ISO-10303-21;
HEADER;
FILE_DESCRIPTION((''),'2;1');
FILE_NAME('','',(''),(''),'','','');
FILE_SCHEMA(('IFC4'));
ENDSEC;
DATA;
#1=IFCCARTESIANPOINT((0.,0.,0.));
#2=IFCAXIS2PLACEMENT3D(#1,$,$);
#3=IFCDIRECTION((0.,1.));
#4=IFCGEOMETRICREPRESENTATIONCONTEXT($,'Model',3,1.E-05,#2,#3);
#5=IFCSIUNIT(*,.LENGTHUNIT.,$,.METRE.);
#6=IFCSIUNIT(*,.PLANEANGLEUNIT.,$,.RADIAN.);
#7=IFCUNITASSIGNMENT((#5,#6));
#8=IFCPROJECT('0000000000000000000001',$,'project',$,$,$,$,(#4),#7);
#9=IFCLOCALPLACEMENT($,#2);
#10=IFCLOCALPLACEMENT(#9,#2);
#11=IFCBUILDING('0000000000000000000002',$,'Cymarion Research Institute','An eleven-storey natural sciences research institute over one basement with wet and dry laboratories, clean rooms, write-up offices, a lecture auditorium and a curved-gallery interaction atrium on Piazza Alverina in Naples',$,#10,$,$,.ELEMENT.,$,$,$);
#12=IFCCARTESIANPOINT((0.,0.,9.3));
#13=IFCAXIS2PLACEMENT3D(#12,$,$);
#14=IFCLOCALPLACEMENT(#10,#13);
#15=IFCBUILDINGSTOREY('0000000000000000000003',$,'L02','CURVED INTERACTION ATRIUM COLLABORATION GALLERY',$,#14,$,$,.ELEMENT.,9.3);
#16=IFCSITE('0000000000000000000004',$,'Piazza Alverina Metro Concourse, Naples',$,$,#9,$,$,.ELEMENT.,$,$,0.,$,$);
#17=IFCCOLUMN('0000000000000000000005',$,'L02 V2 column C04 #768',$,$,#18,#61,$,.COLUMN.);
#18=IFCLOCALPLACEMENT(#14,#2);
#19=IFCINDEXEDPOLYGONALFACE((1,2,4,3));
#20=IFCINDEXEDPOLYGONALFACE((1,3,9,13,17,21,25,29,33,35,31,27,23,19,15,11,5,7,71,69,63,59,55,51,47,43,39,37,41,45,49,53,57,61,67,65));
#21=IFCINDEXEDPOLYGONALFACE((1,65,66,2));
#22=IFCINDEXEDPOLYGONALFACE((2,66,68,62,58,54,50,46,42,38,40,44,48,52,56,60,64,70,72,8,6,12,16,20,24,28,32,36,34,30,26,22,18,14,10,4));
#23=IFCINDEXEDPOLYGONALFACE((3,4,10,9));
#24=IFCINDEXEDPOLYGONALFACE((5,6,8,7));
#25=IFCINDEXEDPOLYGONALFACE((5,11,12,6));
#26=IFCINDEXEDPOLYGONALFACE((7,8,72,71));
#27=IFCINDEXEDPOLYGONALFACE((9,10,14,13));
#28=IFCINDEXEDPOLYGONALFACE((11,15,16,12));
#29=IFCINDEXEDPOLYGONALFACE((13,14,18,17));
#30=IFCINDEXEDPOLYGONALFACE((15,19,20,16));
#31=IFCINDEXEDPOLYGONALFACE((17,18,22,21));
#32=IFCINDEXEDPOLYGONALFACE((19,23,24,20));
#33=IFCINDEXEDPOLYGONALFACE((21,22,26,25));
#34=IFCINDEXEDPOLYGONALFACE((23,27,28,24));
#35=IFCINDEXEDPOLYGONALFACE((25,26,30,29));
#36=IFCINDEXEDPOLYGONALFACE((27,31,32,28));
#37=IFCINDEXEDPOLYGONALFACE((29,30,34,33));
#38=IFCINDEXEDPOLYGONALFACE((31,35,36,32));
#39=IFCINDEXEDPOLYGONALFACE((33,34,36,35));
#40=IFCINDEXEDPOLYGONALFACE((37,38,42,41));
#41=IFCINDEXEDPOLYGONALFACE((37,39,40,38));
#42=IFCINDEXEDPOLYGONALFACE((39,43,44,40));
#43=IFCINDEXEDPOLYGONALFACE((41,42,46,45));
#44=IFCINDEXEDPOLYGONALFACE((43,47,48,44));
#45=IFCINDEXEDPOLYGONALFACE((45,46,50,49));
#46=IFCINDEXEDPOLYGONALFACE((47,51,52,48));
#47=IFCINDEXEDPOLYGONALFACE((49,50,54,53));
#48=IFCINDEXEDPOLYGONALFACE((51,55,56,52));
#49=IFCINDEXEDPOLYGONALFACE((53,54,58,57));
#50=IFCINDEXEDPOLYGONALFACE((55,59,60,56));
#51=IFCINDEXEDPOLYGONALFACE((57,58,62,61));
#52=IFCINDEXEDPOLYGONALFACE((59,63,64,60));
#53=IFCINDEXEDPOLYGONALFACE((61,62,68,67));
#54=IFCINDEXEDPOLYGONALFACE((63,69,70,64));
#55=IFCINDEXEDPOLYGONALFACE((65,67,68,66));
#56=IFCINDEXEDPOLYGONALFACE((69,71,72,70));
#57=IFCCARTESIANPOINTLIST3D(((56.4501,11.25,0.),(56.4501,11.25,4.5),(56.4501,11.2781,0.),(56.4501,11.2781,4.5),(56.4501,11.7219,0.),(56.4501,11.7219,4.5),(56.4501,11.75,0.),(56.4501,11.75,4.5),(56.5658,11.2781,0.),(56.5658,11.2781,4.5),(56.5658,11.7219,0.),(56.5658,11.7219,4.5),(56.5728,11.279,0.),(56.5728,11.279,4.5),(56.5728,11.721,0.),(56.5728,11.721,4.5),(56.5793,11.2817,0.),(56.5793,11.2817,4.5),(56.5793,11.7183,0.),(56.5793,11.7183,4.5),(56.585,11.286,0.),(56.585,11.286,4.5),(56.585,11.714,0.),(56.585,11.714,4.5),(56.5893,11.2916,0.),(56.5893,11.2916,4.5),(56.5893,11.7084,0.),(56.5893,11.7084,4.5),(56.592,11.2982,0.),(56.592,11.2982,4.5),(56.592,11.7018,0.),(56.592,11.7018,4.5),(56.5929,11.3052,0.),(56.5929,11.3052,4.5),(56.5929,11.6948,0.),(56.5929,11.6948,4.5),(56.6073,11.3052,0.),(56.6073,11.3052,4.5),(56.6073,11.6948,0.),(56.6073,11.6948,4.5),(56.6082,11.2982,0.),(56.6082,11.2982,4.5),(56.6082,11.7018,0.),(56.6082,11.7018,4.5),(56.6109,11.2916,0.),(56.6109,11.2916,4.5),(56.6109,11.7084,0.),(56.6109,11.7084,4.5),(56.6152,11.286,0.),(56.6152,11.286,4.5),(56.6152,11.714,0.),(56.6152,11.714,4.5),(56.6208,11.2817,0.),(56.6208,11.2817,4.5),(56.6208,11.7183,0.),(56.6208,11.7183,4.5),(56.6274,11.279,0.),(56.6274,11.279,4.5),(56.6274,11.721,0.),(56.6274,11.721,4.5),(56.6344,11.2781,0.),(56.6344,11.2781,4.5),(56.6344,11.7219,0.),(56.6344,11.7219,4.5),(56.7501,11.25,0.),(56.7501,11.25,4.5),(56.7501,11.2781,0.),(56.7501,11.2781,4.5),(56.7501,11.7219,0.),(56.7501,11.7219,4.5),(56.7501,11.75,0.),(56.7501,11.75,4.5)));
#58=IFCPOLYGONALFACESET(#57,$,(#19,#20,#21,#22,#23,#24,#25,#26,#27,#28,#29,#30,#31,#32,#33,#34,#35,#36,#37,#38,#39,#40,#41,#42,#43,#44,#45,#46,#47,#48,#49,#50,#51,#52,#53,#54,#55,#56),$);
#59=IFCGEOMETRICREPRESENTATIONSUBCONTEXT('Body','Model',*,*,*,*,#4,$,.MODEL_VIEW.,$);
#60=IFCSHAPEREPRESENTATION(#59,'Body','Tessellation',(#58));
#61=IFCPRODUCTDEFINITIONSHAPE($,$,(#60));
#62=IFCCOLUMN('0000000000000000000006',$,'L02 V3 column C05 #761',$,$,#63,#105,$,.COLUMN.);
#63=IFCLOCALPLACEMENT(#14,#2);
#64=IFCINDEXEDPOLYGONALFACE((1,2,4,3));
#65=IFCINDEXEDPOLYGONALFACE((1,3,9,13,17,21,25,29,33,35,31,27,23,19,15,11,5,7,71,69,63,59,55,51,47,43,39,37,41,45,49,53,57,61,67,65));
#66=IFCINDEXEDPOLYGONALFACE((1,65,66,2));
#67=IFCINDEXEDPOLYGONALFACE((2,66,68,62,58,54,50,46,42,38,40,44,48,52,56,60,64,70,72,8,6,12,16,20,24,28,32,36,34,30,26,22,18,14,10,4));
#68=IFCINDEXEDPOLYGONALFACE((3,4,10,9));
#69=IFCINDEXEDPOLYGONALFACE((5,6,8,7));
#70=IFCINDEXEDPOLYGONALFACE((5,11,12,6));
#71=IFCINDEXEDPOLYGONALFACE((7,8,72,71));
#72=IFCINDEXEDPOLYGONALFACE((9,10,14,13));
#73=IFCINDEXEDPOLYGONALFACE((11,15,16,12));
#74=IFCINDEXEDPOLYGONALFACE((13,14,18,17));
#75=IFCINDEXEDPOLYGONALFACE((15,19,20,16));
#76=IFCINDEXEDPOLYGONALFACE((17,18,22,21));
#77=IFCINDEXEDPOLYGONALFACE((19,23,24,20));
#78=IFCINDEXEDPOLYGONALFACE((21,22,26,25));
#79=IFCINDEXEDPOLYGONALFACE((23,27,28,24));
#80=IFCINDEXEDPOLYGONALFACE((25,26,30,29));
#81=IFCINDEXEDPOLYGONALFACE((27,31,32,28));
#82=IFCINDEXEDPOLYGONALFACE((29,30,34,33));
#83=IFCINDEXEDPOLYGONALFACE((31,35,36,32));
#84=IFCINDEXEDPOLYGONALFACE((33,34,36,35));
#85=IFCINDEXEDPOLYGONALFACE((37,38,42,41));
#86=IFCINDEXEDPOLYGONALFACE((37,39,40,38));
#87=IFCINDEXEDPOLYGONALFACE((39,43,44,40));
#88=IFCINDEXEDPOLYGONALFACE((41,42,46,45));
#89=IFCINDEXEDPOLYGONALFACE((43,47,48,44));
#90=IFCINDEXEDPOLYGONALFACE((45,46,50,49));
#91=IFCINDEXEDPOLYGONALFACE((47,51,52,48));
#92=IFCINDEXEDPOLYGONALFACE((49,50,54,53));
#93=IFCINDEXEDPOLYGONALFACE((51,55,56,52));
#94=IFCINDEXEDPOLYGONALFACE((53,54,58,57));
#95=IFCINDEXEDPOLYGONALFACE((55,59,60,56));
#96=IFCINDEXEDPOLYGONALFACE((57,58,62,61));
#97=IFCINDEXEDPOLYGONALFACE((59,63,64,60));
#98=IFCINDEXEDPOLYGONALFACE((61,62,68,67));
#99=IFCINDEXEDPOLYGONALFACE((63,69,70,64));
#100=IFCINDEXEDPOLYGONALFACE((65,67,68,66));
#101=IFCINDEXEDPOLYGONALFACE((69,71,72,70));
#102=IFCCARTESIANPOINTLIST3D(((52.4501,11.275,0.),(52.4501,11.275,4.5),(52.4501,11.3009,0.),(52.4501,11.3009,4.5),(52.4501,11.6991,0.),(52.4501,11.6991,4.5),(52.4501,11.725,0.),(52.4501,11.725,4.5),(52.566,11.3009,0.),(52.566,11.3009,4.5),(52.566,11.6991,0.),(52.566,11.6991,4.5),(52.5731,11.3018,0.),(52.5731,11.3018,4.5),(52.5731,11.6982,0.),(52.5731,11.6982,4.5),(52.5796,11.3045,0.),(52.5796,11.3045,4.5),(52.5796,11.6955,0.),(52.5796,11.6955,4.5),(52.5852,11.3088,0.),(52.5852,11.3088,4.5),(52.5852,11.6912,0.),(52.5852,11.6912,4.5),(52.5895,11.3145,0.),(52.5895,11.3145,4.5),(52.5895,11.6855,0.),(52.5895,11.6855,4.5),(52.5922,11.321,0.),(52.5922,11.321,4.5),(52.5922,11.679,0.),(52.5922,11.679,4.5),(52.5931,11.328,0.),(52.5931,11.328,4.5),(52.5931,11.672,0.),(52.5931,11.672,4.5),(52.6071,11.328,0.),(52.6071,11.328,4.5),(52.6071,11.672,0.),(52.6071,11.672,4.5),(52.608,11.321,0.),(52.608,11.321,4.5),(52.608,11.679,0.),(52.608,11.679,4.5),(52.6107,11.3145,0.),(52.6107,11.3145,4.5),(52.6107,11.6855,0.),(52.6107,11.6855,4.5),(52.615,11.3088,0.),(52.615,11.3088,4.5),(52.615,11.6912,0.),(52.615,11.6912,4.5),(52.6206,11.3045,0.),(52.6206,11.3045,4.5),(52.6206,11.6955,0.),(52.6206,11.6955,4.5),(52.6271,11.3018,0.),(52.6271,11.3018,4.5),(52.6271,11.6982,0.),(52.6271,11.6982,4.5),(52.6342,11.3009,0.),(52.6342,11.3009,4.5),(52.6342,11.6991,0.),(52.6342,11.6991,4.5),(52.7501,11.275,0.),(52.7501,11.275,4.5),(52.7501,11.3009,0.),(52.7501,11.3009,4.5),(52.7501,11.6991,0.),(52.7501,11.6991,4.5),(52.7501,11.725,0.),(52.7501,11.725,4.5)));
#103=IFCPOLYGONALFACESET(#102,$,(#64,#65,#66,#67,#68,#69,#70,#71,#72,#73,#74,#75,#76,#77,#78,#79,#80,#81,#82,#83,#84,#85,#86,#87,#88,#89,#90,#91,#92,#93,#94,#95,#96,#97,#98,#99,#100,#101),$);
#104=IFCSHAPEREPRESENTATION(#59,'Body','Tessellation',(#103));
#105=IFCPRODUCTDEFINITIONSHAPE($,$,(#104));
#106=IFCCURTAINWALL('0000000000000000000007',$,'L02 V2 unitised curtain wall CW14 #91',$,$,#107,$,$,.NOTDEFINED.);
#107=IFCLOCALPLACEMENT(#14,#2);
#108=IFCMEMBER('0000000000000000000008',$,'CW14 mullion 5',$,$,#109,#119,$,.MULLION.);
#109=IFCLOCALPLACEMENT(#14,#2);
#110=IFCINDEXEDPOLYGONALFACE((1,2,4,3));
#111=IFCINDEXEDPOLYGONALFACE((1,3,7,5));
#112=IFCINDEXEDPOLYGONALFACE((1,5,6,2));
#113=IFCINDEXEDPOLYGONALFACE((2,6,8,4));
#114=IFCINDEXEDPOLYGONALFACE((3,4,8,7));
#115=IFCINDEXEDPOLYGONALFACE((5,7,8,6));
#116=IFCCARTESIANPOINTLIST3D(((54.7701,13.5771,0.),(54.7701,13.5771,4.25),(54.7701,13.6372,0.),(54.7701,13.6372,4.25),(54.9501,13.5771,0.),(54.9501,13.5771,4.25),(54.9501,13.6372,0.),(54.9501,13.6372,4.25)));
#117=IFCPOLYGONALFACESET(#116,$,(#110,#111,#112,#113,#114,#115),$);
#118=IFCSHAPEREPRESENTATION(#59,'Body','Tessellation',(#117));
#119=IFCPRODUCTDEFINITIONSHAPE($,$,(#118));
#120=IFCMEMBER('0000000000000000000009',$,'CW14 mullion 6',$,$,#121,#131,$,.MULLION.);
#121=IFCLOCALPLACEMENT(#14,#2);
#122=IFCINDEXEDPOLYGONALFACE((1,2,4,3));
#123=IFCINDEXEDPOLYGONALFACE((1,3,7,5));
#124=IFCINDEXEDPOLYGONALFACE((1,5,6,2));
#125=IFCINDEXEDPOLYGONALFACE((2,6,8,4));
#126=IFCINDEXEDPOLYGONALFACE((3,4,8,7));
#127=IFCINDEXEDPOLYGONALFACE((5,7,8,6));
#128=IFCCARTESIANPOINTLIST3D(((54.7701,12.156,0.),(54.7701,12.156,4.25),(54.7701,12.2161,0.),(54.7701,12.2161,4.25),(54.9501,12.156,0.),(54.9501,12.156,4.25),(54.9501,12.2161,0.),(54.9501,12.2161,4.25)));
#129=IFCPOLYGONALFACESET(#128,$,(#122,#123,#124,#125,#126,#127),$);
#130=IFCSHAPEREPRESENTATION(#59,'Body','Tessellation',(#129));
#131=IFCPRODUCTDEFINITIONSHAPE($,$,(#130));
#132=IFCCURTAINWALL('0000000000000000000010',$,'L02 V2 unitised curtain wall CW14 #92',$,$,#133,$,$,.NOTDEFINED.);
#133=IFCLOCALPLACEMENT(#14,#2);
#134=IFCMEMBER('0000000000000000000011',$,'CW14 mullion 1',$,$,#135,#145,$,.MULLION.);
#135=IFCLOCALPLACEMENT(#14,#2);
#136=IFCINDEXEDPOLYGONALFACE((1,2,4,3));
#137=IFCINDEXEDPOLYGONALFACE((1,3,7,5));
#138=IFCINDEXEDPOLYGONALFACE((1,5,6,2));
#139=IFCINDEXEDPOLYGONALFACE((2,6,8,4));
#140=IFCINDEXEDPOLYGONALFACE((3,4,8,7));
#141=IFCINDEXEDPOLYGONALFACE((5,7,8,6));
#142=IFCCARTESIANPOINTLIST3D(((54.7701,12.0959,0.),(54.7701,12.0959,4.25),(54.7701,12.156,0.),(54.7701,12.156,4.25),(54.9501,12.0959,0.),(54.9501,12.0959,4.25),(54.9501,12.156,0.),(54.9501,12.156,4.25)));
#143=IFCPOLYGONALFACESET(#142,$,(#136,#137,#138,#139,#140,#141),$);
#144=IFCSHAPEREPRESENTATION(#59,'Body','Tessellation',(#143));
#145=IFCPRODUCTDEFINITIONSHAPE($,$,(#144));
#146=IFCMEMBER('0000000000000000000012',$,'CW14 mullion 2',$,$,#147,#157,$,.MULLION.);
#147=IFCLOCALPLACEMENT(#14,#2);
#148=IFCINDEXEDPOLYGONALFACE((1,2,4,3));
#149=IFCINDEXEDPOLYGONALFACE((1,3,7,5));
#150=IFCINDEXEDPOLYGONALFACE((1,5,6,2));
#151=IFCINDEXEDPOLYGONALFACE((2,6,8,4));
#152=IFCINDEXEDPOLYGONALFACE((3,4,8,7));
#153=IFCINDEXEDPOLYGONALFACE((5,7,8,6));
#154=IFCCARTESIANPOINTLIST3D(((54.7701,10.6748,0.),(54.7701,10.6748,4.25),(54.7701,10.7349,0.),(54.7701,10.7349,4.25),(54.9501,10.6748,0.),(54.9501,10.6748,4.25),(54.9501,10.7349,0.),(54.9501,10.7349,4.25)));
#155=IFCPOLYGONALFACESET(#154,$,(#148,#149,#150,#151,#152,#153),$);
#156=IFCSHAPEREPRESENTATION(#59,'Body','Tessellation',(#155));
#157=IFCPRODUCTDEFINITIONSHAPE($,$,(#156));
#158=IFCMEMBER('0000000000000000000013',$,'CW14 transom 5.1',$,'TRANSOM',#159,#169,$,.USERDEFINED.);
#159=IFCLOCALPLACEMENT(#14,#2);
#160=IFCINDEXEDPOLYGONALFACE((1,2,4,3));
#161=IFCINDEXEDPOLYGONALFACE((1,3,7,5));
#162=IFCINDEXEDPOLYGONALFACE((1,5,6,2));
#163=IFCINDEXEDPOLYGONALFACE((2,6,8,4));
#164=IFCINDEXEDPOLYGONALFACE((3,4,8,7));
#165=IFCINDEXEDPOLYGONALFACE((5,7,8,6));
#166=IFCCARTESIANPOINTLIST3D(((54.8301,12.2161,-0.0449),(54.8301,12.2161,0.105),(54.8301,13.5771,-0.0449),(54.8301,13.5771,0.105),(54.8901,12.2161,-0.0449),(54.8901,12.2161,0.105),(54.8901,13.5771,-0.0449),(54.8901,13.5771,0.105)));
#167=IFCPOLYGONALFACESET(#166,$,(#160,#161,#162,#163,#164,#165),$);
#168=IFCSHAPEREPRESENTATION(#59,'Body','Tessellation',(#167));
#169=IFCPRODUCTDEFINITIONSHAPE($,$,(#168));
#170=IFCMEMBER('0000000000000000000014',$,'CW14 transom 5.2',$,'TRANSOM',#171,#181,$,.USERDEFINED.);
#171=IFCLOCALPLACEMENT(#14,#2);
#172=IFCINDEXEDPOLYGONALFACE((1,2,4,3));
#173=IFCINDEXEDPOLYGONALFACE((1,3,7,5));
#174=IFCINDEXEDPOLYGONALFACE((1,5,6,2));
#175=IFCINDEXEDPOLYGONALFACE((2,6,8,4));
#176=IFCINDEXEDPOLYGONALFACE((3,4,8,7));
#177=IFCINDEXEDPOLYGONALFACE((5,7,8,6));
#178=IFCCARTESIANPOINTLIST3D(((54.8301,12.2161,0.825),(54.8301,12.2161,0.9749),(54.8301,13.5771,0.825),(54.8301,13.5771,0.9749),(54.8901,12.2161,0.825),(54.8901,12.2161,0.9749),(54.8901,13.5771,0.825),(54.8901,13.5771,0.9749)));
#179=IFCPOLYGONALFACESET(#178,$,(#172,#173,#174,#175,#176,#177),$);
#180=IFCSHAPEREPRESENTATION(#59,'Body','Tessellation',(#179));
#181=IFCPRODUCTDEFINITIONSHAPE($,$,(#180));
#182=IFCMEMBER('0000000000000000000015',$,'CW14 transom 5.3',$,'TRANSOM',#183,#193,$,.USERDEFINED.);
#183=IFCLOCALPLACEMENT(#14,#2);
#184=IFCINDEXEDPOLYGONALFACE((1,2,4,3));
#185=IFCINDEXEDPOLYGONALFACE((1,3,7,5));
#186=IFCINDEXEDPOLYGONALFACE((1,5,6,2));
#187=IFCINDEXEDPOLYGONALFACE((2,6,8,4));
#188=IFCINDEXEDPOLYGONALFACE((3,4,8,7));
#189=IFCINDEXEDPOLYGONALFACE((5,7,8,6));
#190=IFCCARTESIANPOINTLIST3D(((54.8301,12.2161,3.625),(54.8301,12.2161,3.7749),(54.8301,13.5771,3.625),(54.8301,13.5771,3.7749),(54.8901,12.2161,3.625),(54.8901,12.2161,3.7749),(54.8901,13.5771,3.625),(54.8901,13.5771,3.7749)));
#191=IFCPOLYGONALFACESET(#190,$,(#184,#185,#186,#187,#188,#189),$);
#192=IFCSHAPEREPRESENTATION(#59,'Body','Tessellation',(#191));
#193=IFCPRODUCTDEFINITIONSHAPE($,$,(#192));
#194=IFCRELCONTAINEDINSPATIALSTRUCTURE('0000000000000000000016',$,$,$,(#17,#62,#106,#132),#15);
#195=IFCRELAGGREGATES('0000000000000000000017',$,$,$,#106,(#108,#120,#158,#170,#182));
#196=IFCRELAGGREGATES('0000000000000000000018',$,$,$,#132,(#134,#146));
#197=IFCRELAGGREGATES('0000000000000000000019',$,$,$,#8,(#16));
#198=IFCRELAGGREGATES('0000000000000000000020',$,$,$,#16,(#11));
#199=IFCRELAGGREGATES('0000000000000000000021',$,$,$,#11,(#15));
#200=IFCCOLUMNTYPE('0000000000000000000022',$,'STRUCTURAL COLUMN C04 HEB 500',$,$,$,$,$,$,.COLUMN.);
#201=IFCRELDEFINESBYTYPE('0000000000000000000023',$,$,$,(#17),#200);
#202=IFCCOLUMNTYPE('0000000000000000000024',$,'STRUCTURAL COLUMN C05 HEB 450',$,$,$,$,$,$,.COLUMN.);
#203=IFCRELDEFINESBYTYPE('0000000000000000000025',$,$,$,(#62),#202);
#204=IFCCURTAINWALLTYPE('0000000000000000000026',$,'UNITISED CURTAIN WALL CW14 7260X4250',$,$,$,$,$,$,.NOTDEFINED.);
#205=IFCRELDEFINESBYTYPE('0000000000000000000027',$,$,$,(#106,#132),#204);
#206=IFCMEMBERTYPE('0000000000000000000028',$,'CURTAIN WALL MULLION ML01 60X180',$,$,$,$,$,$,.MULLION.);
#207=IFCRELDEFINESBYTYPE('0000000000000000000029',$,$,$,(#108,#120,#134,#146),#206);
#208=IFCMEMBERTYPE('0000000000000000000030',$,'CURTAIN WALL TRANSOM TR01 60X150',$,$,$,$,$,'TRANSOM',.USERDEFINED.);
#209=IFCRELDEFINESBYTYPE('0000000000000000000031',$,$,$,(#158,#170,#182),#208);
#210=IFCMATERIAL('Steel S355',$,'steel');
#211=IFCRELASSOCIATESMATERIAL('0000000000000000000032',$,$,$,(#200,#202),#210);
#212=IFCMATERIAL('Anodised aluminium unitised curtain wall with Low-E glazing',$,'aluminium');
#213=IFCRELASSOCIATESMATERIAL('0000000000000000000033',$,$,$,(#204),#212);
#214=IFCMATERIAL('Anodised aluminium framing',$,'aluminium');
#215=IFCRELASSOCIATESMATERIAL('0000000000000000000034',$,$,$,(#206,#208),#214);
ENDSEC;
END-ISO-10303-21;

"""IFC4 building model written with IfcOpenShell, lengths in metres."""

from ifc_helpers import new_model, si_unit, direction, frame, origin, origin_2d, place, context, subcontext, project, spatial, rectangle, i_section, extrude, material, material_profile, profile_set, type_object, element, aggregate, save


model = new_model("IFC4")

# Units and contexts
model_context = context("Model", 3, precision=1e-05, world=origin(), true_north=direction((0.0, 1.0)))
body_context = subcontext(model_context, "Body", "Model", "MODEL_VIEW")
ifc_project = project(units=[si_unit("LENGTHUNIT", "METRE"), si_unit("PLANEANGLEUNIT", "RADIAN")], contexts=[model_context])

# Site, building, storey
site_placement = place(None, origin())
site = spatial("IfcSite", under=ifc_project, at=site_placement, Name="Piazza Alverina Metro Concourse, Naples", CompositionType="ELEMENT", RefElevation=0.0)
building_placement = place(site_placement, origin())
building = spatial("IfcBuilding", under=site, at=building_placement, Name="Cymarion Research Institute", Description="An eleven-storey natural sciences research institute over one basement with wet and dry laboratories, clean rooms, write-up offices, a lecture auditorium and a curved-gallery interaction atrium on Piazza Alverina in Naples", CompositionType="ELEMENT")
storey_placement = place(building_placement, frame((0.0, 0.0, 9.3)))
storey = spatial("IfcBuildingStorey", under=building, at=storey_placement, Name="L02", Description="CURVED INTERACTION ATRIUM COLLABORATION GALLERY", CompositionType="ELEMENT", Elevation=9.3)

# Columns
ifc_material_1 = material(Name="Steel S355", Category="steel")
ifc_material_profile_1 = material_profile(ifc_material_1, i_section(OverallWidth=0.3, OverallDepth=0.5, WebThickness=0.0144, FlangeThickness=0.0281, FilletRadius=0.0271, at=origin_2d()), Name="HEB 500")
ifc_profile_set_1 = profile_set([ifc_material_profile_1], Name="Steel S355")
column_type_1 = type_object("IfcColumnType", Name="STRUCTURAL COLUMN C04 HEB 500", PredefinedType="COLUMN", material=ifc_profile_set_1)
column_1_placement = place(storey_placement, frame((56.6001, 11.5, 0.0), z_axis=(0.0, 0.0, 1.0), x_axis=(1.0, 0.0, 0.0)))
element("IfcColumn", 1, at=column_1_placement, inside=storey, type_object=column_type_1, Name="L02 V2 column C04 #768", PredefinedType="COLUMN", context=body_context, shape_type="SweptSolid", body=[
    extrude(i_section(OverallWidth=0.3, OverallDepth=0.5, WebThickness=0.0144, FlangeThickness=0.0281, FilletRadius=0.0271, at=origin_2d()), origin(), (0.0, 0.0, 1.0), 4.5),
])
ifc_material_profile_2 = material_profile(ifc_material_1, i_section(OverallWidth=0.3, OverallDepth=0.45, WebThickness=0.0139, FlangeThickness=0.0259, FilletRadius=0.0271, at=origin_2d()), Name="HEB 450")
ifc_profile_set_2 = profile_set([ifc_material_profile_2], Name="Steel S355")
column_type_2 = type_object("IfcColumnType", Name="STRUCTURAL COLUMN C05 HEB 450", PredefinedType="COLUMN", material=ifc_profile_set_2)
column_2_placement = place(storey_placement, frame((52.6001, 11.5, 0.0), z_axis=(0.0, 0.0, 1.0), x_axis=(1.0, 0.0, 0.0)))
element("IfcColumn", 2, at=column_2_placement, inside=storey, type_object=column_type_2, Name="L02 V3 column C05 #761", PredefinedType="COLUMN", context=body_context, shape_type="SweptSolid", body=[
    extrude(i_section(OverallWidth=0.3, OverallDepth=0.45, WebThickness=0.0139, FlangeThickness=0.0259, FilletRadius=0.0271, at=origin_2d()), origin(), (0.0, 0.0, 1.0), 4.5),
])

# Curtain walls, members
ifc_material_2 = material(Name="Anodised aluminium unitised curtain wall with Low-E glazing", Category="aluminium")
curtain_wall_type = type_object("IfcCurtainWallType", Name="UNITISED CURTAIN WALL CW14 7260X4250", PredefinedType="NOTDEFINED", material=ifc_material_2)
curtain_wall_1_placement = place(storey_placement, origin())
curtain_wall_1 = element("IfcCurtainWall", 3, at=curtain_wall_1_placement, inside=storey, type_object=curtain_wall_type, Name="L02 V2 unitised curtain wall CW14 #91", PredefinedType="NOTDEFINED")
ifc_material_3 = material(Name="Anodised aluminium framing", Category="aluminium")
ifc_material_profile_3 = material_profile(ifc_material_3, rectangle(XDim=0.0601, YDim=0.1799, at=origin_2d()), Name="ALU MULLION 60x180")
ifc_profile_set_3 = profile_set([ifc_material_profile_3], Name="Anodised aluminium framing")
member_type_1 = type_object("IfcMemberType", Name="CURTAIN WALL MULLION ML01 60X180", PredefinedType="MULLION", material=ifc_profile_set_3)
member_1_placement = place(storey_placement, frame((54.8601, 13.6072, 0.0), z_axis=(0.0, 0.0, 1.0), x_axis=(0.0, -1.0, 0.0)))
member_1 = element("IfcMember", 4, at=member_1_placement, type_object=member_type_1, Name="CW14 mullion 5", PredefinedType="MULLION", context=body_context, shape_type="SweptSolid", body=[
    extrude(rectangle(XDim=0.0601, YDim=0.1799, at=origin_2d()), origin(), (0.0, 0.0, 1.0), 4.25),
])
member_2_placement = place(storey_placement, frame((54.8601, 12.186, 0.0), z_axis=(0.0, 0.0, 1.0), x_axis=(0.0, -1.0, 0.0)))
member_2 = element("IfcMember", 5, at=member_2_placement, type_object=member_type_1, Name="CW14 mullion 6", PredefinedType="MULLION", context=body_context, shape_type="SweptSolid", body=[
    extrude(rectangle(XDim=0.0601, YDim=0.1799, at=origin_2d()), origin(), (0.0, 0.0, 1.0), 4.25),
])
curtain_wall_2_placement = place(storey_placement, origin())
curtain_wall_2 = element("IfcCurtainWall", 6, at=curtain_wall_2_placement, inside=storey, type_object=curtain_wall_type, Name="L02 V2 unitised curtain wall CW14 #92", PredefinedType="NOTDEFINED")
member_3_placement = place(storey_placement, frame((54.8601, 12.126, 0.0), z_axis=(0.0, 0.0, 1.0), x_axis=(0.0, -1.0, 0.0)))
member_3 = element("IfcMember", 7, at=member_3_placement, type_object=member_type_1, Name="CW14 mullion 1", PredefinedType="MULLION", context=body_context, shape_type="SweptSolid", body=[
    extrude(rectangle(XDim=0.0601, YDim=0.1799, at=origin_2d()), origin(), (0.0, 0.0, 1.0), 4.25),
])
member_4_placement = place(storey_placement, frame((54.8601, 10.7048, 0.0), z_axis=(0.0, 0.0, 1.0), x_axis=(0.0, -1.0, 0.0)))
member_4 = element("IfcMember", 8, at=member_4_placement, type_object=member_type_1, Name="CW14 mullion 2", PredefinedType="MULLION", context=body_context, shape_type="SweptSolid", body=[
    extrude(rectangle(XDim=0.0601, YDim=0.1799, at=origin_2d()), origin(), (0.0, 0.0, 1.0), 4.25),
])

# Members
ifc_material_profile_4 = material_profile(ifc_material_3, rectangle(XDim=0.0601, YDim=0.1499, at=origin_2d()), Name="ALU TRANSOM 60x150")
ifc_profile_set_4 = profile_set([ifc_material_profile_4], Name="Anodised aluminium framing")
member_type_2 = type_object("IfcMemberType", Name="CURTAIN WALL TRANSOM TR01 60X150", ElementType="TRANSOM", PredefinedType="USERDEFINED", material=ifc_profile_set_4)
member_5_placement = place(storey_placement, frame((54.8601, 13.5771, 0.03), z_axis=(0.0, -1.0, 0.0), x_axis=(1.0, 0.0, 0.0)))
member_5 = element("IfcMember", 9, at=member_5_placement, type_object=member_type_2, Name="CW14 transom 5.1", ObjectType="TRANSOM", PredefinedType="USERDEFINED", context=body_context, shape_type="SweptSolid", body=[
    extrude(rectangle(XDim=0.0601, YDim=0.1499, at=origin_2d()), origin(), (0.0, 0.0, 1.0), 1.3611),
])
member_6_placement = place(storey_placement, frame((54.8601, 13.5771, 0.8999), z_axis=(0.0, -1.0, 0.0), x_axis=(1.0, 0.0, 0.0)))
member_6 = element("IfcMember", 10, at=member_6_placement, type_object=member_type_2, Name="CW14 transom 5.2", ObjectType="TRANSOM", PredefinedType="USERDEFINED", context=body_context, shape_type="SweptSolid", body=[
    extrude(rectangle(XDim=0.0601, YDim=0.1499, at=origin_2d()), origin(), (0.0, 0.0, 1.0), 1.3611),
])
member_7_placement = place(storey_placement, frame((54.8601, 13.5771, 3.7), z_axis=(0.0, -1.0, 0.0), x_axis=(1.0, 0.0, 0.0)))
member_7 = element("IfcMember", 11, at=member_7_placement, type_object=member_type_2, Name="CW14 transom 5.3", ObjectType="TRANSOM", PredefinedType="USERDEFINED", context=body_context, shape_type="SweptSolid", body=[
    extrude(rectangle(XDim=0.0601, YDim=0.1499, at=origin_2d()), origin(), (0.0, 0.0, 1.0), 1.3611),
])

aggregate(curtain_wall_1, [member_1, member_2, member_5, member_6, member_7])
aggregate(curtain_wall_2, [member_3, member_4])

save(model, "model.ifc")
